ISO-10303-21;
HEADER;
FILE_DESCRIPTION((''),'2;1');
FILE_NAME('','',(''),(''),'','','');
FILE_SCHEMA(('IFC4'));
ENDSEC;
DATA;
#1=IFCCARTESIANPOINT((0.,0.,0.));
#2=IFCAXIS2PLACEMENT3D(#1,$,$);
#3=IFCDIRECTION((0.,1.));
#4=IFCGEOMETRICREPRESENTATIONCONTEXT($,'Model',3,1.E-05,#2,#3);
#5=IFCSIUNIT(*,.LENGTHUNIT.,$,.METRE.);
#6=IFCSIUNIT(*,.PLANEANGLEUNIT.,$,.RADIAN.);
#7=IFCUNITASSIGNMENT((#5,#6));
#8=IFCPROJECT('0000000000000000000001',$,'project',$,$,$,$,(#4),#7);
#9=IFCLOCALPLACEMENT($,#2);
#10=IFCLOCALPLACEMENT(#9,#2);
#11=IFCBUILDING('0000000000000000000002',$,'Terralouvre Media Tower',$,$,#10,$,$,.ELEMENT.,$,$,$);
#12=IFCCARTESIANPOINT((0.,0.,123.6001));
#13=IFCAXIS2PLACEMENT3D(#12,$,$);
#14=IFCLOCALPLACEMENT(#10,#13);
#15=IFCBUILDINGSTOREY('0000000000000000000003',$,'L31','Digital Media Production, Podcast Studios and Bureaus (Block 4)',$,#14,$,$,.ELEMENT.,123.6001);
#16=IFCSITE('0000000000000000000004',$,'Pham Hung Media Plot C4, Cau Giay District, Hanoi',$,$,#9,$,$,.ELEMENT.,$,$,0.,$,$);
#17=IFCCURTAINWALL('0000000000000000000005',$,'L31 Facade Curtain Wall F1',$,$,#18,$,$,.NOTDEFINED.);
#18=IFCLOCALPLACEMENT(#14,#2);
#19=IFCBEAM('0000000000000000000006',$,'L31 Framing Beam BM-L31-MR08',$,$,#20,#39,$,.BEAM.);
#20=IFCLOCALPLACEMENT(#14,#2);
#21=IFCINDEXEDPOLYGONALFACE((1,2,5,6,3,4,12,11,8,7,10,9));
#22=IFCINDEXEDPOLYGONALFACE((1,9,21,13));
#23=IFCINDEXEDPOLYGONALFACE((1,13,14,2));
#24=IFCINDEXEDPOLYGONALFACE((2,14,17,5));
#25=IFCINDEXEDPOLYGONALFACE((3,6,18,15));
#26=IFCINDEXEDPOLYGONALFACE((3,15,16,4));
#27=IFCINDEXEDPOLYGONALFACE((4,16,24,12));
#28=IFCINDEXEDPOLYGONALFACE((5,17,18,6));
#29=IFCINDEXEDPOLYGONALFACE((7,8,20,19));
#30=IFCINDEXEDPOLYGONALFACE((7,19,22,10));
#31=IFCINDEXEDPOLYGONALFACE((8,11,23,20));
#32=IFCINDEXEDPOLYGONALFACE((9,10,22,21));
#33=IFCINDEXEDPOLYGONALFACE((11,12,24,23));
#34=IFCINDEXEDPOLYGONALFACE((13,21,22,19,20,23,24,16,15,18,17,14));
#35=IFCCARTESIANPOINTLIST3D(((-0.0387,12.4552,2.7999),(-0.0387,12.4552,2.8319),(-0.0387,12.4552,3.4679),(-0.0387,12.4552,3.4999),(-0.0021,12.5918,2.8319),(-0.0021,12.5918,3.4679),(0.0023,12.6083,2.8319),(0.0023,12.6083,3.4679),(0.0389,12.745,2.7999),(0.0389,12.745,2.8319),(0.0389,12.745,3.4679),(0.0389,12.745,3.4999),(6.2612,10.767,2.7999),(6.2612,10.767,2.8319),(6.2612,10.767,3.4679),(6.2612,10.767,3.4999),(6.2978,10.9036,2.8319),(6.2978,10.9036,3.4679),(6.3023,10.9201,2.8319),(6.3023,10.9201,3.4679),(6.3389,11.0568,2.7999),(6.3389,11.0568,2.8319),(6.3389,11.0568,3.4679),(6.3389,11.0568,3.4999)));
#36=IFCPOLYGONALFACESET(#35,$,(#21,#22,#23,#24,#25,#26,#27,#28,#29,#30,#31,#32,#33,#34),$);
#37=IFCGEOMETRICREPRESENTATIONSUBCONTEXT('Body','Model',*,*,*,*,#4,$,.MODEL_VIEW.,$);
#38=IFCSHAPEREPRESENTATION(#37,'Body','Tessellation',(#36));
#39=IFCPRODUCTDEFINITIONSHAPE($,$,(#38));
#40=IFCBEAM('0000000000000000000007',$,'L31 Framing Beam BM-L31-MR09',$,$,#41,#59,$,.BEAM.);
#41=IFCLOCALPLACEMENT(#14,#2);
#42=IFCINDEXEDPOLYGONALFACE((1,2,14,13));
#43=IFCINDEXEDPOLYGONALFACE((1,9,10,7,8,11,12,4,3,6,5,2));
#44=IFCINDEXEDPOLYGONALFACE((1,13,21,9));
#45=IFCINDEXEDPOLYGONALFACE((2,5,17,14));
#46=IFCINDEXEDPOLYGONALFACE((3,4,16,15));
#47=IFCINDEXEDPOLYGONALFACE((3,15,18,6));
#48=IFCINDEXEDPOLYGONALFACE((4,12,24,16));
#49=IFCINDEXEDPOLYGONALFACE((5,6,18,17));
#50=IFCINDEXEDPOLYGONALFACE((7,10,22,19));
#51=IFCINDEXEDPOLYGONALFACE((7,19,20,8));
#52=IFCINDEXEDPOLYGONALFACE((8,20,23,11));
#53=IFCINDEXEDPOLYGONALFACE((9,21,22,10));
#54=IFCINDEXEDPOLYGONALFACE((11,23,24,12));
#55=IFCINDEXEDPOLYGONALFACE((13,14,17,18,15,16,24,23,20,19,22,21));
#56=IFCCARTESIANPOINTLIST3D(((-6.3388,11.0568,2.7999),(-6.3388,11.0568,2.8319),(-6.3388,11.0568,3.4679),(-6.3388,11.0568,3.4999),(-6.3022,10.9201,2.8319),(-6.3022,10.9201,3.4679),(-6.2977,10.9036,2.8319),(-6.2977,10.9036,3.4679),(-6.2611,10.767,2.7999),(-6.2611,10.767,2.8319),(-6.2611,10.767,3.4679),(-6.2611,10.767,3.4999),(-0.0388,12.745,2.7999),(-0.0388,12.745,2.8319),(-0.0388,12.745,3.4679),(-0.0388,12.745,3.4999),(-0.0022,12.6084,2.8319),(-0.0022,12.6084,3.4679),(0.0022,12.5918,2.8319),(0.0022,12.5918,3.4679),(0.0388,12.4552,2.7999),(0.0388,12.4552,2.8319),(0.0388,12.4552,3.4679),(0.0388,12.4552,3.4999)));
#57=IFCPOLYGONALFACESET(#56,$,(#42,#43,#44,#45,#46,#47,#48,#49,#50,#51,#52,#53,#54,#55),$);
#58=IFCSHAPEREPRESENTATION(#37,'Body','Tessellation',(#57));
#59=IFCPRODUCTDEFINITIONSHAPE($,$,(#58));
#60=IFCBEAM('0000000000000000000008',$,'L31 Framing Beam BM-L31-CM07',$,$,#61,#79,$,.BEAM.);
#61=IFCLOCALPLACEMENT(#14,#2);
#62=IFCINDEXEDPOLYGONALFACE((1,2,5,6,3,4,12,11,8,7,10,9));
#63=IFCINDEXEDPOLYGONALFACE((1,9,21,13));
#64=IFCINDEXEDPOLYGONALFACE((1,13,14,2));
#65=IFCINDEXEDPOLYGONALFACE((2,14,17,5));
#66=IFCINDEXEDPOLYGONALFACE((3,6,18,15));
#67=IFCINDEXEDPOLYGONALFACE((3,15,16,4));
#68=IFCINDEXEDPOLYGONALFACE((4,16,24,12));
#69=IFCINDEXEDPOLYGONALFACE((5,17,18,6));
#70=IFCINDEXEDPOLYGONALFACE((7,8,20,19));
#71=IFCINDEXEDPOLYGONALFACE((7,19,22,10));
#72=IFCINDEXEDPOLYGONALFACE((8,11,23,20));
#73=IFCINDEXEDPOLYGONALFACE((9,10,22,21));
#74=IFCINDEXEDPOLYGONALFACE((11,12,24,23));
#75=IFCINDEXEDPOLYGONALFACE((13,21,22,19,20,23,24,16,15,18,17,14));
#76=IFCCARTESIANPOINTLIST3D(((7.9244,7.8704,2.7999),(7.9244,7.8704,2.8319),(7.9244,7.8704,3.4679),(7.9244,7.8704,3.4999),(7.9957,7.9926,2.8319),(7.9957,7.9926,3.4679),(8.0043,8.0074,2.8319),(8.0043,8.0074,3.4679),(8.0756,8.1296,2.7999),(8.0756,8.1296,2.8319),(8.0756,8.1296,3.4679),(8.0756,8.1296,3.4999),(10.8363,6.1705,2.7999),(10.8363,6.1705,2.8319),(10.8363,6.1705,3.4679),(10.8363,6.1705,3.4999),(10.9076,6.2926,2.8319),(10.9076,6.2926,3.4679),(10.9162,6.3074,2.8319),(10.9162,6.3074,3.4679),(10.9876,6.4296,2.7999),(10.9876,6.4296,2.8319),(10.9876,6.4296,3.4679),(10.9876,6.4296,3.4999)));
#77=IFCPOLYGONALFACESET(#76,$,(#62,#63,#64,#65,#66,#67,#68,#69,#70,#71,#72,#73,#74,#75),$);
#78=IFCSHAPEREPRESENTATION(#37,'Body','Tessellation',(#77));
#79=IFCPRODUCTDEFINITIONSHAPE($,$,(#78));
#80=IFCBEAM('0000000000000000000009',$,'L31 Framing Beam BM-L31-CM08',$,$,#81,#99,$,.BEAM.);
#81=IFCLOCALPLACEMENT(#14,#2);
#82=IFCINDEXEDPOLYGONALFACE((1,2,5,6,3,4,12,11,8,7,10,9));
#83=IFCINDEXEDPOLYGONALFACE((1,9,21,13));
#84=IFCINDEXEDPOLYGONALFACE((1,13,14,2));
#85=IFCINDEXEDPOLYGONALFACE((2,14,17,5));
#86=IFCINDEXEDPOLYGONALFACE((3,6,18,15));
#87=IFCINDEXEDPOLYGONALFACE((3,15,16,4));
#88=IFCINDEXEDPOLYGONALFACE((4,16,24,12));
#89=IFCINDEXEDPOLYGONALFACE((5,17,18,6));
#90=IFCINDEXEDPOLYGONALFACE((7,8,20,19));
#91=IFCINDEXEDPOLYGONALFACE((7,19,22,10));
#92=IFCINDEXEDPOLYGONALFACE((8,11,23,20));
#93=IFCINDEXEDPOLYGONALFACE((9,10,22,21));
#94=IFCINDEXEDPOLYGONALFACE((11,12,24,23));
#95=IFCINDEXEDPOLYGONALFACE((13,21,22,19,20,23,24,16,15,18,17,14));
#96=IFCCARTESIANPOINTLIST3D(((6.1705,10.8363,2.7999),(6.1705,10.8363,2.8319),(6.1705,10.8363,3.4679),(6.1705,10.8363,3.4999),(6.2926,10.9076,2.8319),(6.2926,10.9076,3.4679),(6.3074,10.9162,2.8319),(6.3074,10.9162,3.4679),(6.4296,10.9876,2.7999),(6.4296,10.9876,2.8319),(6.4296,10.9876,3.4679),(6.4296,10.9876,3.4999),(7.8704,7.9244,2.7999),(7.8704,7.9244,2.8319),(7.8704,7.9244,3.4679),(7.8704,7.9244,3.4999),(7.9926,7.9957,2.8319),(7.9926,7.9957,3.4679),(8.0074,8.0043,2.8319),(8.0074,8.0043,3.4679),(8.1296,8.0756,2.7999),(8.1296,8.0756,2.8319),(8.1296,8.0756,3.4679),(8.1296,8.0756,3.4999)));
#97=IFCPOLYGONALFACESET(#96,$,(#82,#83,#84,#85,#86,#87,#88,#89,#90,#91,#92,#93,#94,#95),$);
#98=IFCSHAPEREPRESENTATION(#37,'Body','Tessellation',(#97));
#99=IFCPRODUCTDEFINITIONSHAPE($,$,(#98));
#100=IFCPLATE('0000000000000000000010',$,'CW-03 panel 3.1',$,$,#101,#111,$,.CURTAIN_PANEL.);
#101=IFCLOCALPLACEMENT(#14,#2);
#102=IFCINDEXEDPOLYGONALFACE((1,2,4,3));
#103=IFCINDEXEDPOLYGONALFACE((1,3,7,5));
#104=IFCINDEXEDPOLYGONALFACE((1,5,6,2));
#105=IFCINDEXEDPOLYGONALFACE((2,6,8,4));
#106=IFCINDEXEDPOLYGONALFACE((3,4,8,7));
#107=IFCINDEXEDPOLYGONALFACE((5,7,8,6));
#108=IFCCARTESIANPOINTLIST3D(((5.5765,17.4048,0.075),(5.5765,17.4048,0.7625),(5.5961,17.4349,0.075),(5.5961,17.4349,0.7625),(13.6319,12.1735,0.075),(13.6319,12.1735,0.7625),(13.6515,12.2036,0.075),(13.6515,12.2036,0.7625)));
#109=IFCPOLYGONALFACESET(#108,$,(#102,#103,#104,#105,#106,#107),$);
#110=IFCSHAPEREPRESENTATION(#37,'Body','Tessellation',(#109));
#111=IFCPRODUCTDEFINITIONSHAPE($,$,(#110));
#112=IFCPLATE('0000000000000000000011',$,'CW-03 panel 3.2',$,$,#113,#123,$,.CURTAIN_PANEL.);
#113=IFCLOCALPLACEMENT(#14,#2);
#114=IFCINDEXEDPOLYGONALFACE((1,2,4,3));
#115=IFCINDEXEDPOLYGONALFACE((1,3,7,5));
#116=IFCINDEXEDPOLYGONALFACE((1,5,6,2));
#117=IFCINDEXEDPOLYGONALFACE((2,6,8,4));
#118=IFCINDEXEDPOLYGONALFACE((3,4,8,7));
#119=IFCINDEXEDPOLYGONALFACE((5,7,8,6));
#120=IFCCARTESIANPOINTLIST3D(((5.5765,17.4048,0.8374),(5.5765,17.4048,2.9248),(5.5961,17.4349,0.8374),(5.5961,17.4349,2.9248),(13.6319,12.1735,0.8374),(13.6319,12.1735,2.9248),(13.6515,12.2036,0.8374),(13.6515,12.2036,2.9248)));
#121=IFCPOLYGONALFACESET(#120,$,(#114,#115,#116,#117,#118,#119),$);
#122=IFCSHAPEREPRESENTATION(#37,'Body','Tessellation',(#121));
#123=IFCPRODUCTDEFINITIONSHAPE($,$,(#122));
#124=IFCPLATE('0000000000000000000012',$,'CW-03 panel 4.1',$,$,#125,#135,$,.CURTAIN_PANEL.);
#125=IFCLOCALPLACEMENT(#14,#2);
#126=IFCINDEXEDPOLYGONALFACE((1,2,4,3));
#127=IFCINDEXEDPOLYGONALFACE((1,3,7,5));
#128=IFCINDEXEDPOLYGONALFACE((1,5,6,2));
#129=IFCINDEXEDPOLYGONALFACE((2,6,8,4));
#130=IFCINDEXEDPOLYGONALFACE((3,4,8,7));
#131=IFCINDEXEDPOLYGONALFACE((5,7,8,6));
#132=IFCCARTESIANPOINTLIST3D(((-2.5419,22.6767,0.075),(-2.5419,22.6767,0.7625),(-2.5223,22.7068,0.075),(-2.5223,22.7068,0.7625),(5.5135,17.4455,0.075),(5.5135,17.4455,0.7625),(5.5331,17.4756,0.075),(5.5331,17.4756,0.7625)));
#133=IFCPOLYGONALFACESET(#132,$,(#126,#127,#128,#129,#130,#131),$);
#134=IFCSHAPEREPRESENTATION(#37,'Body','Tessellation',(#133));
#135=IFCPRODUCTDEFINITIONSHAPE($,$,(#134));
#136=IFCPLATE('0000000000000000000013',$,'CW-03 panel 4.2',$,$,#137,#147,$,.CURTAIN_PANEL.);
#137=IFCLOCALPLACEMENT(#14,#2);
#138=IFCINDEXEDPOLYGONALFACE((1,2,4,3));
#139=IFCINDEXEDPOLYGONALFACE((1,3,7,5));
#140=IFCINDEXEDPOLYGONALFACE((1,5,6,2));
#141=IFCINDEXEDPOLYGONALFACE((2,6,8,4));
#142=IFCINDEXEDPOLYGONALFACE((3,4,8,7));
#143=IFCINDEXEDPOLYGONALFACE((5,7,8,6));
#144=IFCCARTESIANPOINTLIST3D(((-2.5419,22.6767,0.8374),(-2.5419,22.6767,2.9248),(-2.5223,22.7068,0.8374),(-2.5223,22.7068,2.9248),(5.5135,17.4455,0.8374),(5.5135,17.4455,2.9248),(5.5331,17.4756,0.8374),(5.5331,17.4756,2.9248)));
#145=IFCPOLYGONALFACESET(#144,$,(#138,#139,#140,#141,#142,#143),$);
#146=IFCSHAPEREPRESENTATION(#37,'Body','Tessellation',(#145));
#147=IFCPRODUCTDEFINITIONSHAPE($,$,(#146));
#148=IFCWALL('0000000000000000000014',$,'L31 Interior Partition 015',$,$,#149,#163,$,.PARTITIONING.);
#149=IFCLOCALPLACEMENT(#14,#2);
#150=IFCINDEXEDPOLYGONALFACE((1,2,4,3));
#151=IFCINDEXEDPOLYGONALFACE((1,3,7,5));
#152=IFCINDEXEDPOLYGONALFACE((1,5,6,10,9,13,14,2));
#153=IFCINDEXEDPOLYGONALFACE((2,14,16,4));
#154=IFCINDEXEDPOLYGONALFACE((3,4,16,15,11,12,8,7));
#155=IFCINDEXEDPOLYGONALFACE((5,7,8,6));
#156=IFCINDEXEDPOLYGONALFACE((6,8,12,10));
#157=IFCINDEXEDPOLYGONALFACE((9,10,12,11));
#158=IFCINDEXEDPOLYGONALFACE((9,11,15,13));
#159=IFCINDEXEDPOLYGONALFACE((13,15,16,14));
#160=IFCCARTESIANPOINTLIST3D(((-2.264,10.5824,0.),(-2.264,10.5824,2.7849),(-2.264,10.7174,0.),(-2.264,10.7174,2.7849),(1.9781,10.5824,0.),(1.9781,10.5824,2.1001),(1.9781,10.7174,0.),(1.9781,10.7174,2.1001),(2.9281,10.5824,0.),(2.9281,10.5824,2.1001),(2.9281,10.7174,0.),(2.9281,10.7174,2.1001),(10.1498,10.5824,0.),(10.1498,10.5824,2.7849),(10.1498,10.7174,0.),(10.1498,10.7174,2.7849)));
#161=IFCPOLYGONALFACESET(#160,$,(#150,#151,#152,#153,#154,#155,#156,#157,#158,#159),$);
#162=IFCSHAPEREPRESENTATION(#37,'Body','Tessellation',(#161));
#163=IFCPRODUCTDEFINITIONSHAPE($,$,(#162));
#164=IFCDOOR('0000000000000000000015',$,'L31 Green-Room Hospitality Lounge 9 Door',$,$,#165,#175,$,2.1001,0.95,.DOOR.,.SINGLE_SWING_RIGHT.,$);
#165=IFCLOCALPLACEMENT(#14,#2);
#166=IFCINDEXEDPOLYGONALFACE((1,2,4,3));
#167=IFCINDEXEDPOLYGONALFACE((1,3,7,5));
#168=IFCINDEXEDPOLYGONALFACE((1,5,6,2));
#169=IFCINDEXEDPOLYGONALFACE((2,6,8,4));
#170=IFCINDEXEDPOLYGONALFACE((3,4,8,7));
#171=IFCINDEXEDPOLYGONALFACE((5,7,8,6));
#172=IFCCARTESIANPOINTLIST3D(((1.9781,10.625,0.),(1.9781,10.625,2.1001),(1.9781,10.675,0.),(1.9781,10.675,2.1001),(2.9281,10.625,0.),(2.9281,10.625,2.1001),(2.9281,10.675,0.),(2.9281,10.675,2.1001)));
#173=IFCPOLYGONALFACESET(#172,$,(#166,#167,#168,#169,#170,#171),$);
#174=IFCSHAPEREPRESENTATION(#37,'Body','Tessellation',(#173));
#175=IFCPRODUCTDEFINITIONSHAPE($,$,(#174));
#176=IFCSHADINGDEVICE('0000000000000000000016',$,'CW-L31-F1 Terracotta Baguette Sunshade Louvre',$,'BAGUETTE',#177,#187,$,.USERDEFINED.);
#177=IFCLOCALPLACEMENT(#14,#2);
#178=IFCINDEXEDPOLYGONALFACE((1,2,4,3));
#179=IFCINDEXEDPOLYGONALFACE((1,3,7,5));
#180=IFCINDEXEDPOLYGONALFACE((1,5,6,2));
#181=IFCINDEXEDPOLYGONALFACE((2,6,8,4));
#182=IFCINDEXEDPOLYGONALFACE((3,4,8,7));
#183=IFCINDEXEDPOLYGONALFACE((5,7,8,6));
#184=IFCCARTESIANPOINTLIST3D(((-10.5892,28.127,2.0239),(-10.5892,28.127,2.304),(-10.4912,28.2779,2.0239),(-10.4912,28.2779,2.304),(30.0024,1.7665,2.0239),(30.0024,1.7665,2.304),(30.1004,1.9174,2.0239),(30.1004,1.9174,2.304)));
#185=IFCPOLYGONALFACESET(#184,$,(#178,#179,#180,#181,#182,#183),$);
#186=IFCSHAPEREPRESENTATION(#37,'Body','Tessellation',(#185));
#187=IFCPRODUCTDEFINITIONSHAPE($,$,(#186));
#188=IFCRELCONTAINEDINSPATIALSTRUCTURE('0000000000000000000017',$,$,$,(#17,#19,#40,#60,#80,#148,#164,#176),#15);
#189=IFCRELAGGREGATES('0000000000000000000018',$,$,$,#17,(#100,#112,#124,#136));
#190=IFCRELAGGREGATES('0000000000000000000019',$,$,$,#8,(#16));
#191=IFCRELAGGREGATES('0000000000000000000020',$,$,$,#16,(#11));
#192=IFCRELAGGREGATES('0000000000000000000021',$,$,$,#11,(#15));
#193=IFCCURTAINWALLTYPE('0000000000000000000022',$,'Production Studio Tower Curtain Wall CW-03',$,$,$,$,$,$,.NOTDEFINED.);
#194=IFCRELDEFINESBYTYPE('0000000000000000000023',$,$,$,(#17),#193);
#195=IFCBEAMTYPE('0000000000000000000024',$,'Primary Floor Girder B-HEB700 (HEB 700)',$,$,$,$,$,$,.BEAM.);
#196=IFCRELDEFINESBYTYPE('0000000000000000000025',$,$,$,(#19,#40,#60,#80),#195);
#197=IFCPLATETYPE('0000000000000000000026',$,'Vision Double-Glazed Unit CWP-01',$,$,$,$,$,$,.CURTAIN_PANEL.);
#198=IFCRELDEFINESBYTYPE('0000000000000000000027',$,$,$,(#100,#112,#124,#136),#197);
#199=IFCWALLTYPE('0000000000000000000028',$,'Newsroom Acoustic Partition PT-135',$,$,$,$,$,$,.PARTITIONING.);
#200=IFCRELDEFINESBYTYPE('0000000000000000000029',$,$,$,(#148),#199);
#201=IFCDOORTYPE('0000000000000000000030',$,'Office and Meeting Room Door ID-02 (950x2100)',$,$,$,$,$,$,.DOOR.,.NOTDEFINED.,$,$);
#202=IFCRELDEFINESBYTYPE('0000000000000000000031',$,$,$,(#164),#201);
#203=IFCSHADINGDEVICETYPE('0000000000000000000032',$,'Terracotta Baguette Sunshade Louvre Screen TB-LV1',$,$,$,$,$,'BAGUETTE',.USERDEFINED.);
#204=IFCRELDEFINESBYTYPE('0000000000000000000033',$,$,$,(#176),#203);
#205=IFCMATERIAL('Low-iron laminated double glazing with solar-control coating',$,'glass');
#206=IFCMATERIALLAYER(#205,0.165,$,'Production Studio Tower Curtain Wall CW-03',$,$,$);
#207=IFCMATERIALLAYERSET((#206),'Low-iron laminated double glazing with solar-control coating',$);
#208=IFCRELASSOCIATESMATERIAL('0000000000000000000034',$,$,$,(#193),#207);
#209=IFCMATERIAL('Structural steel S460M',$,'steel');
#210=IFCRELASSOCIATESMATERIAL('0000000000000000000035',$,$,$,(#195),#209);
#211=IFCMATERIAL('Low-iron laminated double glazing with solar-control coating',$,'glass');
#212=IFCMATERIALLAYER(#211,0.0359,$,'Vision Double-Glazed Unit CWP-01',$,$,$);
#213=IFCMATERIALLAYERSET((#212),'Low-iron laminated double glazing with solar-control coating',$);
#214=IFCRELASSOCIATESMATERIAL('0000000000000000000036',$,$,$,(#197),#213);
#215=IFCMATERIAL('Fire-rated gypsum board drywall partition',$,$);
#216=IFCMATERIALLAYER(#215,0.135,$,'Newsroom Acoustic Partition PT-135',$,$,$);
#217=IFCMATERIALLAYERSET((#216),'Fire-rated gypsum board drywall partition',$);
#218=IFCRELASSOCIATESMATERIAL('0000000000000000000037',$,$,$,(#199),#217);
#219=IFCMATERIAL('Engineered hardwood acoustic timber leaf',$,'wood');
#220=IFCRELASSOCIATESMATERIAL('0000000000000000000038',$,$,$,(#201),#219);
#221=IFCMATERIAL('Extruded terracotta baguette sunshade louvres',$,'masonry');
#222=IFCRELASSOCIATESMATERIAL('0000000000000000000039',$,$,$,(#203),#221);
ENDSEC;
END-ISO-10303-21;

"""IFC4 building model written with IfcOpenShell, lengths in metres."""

from ifc_helpers import new_model, si_unit, direction, frame, frame_2d, origin, origin_2d, place, context, subcontext, project, spatial, rectangle, i_section, extrude, material, layer, layer_set, material_profile, profile_set, type_object, element, fill, aggregate, save


model = new_model("IFC4")

# Units and contexts
model_context = context("Model", 3, precision=1e-05, world=origin(), true_north=direction((0.0, 1.0)))
body_context = subcontext(model_context, "Body", "Model", "MODEL_VIEW")
ifc_project = project(units=[si_unit("LENGTHUNIT", "METRE"), si_unit("PLANEANGLEUNIT", "RADIAN")], contexts=[model_context])

# Site, building, storey
site_placement = place(None, origin())
site = spatial("IfcSite", under=ifc_project, at=site_placement, Name="Pham Hung Media Plot C4, Cau Giay District, Hanoi", CompositionType="ELEMENT", RefElevation=0.0)
building_placement = place(site_placement, origin())
building = spatial("IfcBuilding", under=site, at=building_placement, Name="Terralouvre Media Tower", CompositionType="ELEMENT")
storey_placement = place(building_placement, frame((0.0, 0.0, 123.6001)))
storey = spatial("IfcBuildingStorey", under=building, at=storey_placement, Name="L31", Description="Digital Media Production, Podcast Studios and Bureaus (Block 4)", CompositionType="ELEMENT", Elevation=123.6001)

# Curtain wall
ifc_material_1 = material(Name="Low-iron laminated double glazing with solar-control coating", Category="glass")
ifc_layer_1 = layer(ifc_material_1, 0.165, Name="Production Studio Tower Curtain Wall CW-03")
ifc_layer_set_1 = layer_set([ifc_layer_1], Name="Low-iron laminated double glazing with solar-control coating")
curtain_wall_type = type_object("IfcCurtainWallType", Name="Production Studio Tower Curtain Wall CW-03", PredefinedType="NOTDEFINED", material=ifc_layer_set_1)
curtain_wall_placement = place(storey_placement, origin())
curtain_wall = element("IfcCurtainWall", 1, at=curtain_wall_placement, inside=storey, type_object=curtain_wall_type, Name="L31 Facade Curtain Wall F1", PredefinedType="NOTDEFINED")

# Beams
ifc_material_2 = material(Name="Structural steel S460M", Category="steel")
ifc_material_profile_1 = material_profile(ifc_material_2, i_section(OverallWidth=0.3, OverallDepth=0.7, WebThickness=0.0171, FlangeThickness=0.032, at=origin_2d()), Name="HEB 700")
ifc_profile_set_1 = profile_set([ifc_material_profile_1], Name="Structural steel S460M")
beam_type_1 = type_object("IfcBeamType", Name="Primary Floor Girder B-HEB700 (HEB 700)", PredefinedType="BEAM", material=ifc_profile_set_1)
for number, where, z_axis, x_axis, name in (
    (2, (6.3, 10.9119, 3.1499), (-0.96592, 0.258839, 0.0), (-0.258839, -0.96592, 0.0), "L31 Framing Beam BM-L31-MR08"),
    (3, (0.0, 12.6001, 3.1499), (-0.96592, -0.258839, 0.0), (0.258839, -0.96592, 0.0), "L31 Framing Beam BM-L31-MR09"),
):
    element("IfcBeam", number, at=place(storey_placement, frame(where, z_axis=z_axis, x_axis=x_axis)), inside=storey, type_object=beam_type_1, Name=name, PredefinedType="BEAM", context=body_context, shape_type="SweptSolid", body=[
        extrude(i_section(OverallWidth=0.3, OverallDepth=0.7, WebThickness=0.0171, FlangeThickness=0.032, at=origin_2d()), origin(), (0.0, 0.0, 1.0), 6.5222),
    ])
for number, where, z_axis, x_axis, name in (
    (4, (8.0, 8.0, 3.1499), (0.863603, -0.504173, 0.0), (0.504173, 0.863603, 0.0), "L31 Framing Beam BM-L31-CM07"),
    (5, (8.0, 8.0, 3.1499), (-0.504173, 0.863603, 0.0), (-0.863603, -0.504173, 0.0), "L31 Framing Beam BM-L31-CM08"),
):
    element("IfcBeam", number, at=place(storey_placement, frame(where, z_axis=z_axis, x_axis=x_axis)), inside=storey, type_object=beam_type_1, Name=name, PredefinedType="BEAM", context=body_context, shape_type="SweptSolid", body=[
        extrude(i_section(OverallWidth=0.3, OverallDepth=0.7, WebThickness=0.0171, FlangeThickness=0.032, at=origin_2d()), origin(), (0.0, 0.0, 1.0), 3.3718),
    ])

# Plates
ifc_material_3 = material(Name="Low-iron laminated double glazing with solar-control coating", Category="glass")
ifc_layer_2 = layer(ifc_material_3, 0.0359, Name="Vision Double-Glazed Unit CWP-01")
ifc_layer_set_2 = layer_set([ifc_layer_2], Name="Low-iron laminated double glazing with solar-control coating")
plate_type = type_object("IfcPlateType", Name="Vision Double-Glazed Unit CWP-01", PredefinedType="CURTAIN_PANEL", material=ifc_layer_set_2)
plate_1_placement = place(storey_placement, frame((9.614, 14.8042, 0.075), z_axis=(0.0, 0.0, 1.0), x_axis=(-0.838671, 0.544639, 0.0)))
plate_1 = element("IfcPlate", 6, at=plate_1_placement, type_object=plate_type, Name="CW-03 panel 3.1", PredefinedType="CURTAIN_PANEL", context=body_context, shape_type="SweptSolid", body=[
    extrude(rectangle(XDim=9.605, YDim=0.0359, at=origin_2d()), origin(), (0.0, 0.0, 1.0), 0.6875),
])
plate_2_placement = place(storey_placement, frame((9.614, 14.8042, 0.8374), z_axis=(0.0, 0.0, 1.0), x_axis=(-0.838671, 0.544639, 0.0)))
plate_2 = element("IfcPlate", 7, at=plate_2_placement, type_object=plate_type, Name="CW-03 panel 3.2", PredefinedType="CURTAIN_PANEL", context=body_context, shape_type="SweptSolid", body=[
    extrude(rectangle(XDim=9.605, YDim=0.0359, at=origin_2d()), origin(), (0.0, 0.0, 1.0), 2.0874),
])
plate_3_placement = place(storey_placement, frame((1.4956, 20.0762, 0.075), z_axis=(0.0, 0.0, 1.0), x_axis=(-0.838671, 0.544639, 0.0)))
plate_3 = element("IfcPlate", 8, at=plate_3_placement, type_object=plate_type, Name="CW-03 panel 4.1", PredefinedType="CURTAIN_PANEL", context=body_context, shape_type="SweptSolid", body=[
    extrude(rectangle(XDim=9.605, YDim=0.0359, at=origin_2d()), origin(), (0.0, 0.0, 1.0), 0.6875),
])
plate_4_placement = place(storey_placement, frame((1.4956, 20.0762, 0.8374), z_axis=(0.0, 0.0, 1.0), x_axis=(-0.838671, 0.544639, 0.0)))
plate_4 = element("IfcPlate", 9, at=plate_4_placement, type_object=plate_type, Name="CW-03 panel 4.2", PredefinedType="CURTAIN_PANEL", context=body_context, shape_type="SweptSolid", body=[
    extrude(rectangle(XDim=9.605, YDim=0.0359, at=origin_2d()), origin(), (0.0, 0.0, 1.0), 2.0874),
])
aggregate(curtain_wall, [plate_1, plate_2, plate_3, plate_4])

# Wall, opening, door
ifc_material_4 = material(Name="Fire-rated gypsum board drywall partition")
ifc_layer_3 = layer(ifc_material_4, 0.135, Name="Newsroom Acoustic Partition PT-135")
ifc_layer_set_3 = layer_set([ifc_layer_3], Name="Fire-rated gypsum board drywall partition")
wall_type = type_object("IfcWallType", Name="Newsroom Acoustic Partition PT-135", PredefinedType="PARTITIONING", material=ifc_layer_set_3)
wall_placement = place(storey_placement, frame((10.1499, 10.6499, 0.0), z_axis=(0.0, 0.0, 1.0), x_axis=(-1.0, 0.0, 0.0)))
wall = element("IfcWall", 10, at=wall_placement, inside=storey, type_object=wall_type, Name="L31 Interior Partition 015", PredefinedType="PARTITIONING", context=body_context, shape_type="SweptSolid", body=[
    extrude(rectangle(XDim=12.4138, YDim=0.135, at=frame_2d((6.207, 0.0))), origin(), (0.0, 0.0, 1.0), 2.7849),
])
opening_placement = place(wall_placement, frame((7.2217, 0.0, 0.0)))
opening = element("IfcOpeningElement", 11, at=opening_placement, cuts=wall, PredefinedType="OPENING", context=body_context, shape_type="SweptSolid", body=[
    extrude(rectangle(XDim=0.95, YDim=2.1001, at=frame_2d((0.4751, 1.05))), frame((0.0, 0.0774, 0.0), z_axis=(0.0, -1.0, 0.0), x_axis=(1.0, 0.0, 0.0)), (0.0, 0.0, 1.0), 0.155),
])
ifc_material_5 = material(Name="Engineered hardwood acoustic timber leaf", Category="wood")
door_type = type_object("IfcDoorType", Name="Office and Meeting Room Door ID-02 (950x2100)", OperationType="NOTDEFINED", PredefinedType="DOOR", material=ifc_material_5)
door_placement = place(opening_placement, origin())
door = element("IfcDoor", 12, at=door_placement, inside=storey, type_object=door_type, Name="L31 Green-Room Hospitality Lounge 9 Door", OperationType="SINGLE_SWING_RIGHT", OverallHeight=2.1001, OverallWidth=0.95, PredefinedType="DOOR", context=body_context, shape_type="SweptSolid", body=[
    extrude(rectangle(XDim=0.95, YDim=2.1001, at=frame_2d((0.4751, 1.05))), frame((0.0, 0.0249, 0.0), z_axis=(0.0, -1.0, 0.0), x_axis=(1.0, 0.0, 0.0)), (0.0, 0.0, 1.0), 0.05),
])
fill(opening, door)

# Shading device
ifc_material_6 = material(Name="Extruded terracotta baguette sunshade louvres", Category="masonry")
shading_device_type = type_object("IfcShadingDeviceType", Name="Terracotta Baguette Sunshade Louvre Screen TB-LV1", ElementType="BAGUETTE", PredefinedType="USERDEFINED", material=ifc_material_6)
shading_device_placement = place(storey_placement, frame((9.7556, 15.0222, 2.0239), z_axis=(0.0, 0.0, 1.0), x_axis=(-0.838671, 0.544639, 0.0)))
element("IfcShadingDevice", 13, at=shading_device_placement, inside=storey, type_object=shading_device_type, Name="CW-L31-F1 Terracotta Baguette Sunshade Louvre", ObjectType="BAGUETTE", PredefinedType="USERDEFINED", context=body_context, shape_type="SweptSolid", body=[
    extrude(rectangle(XDim=48.3999, YDim=0.1799, at=origin_2d()), origin(), (0.0, 0.0, 1.0), 0.28),
])

save(model, "model.ifc")
